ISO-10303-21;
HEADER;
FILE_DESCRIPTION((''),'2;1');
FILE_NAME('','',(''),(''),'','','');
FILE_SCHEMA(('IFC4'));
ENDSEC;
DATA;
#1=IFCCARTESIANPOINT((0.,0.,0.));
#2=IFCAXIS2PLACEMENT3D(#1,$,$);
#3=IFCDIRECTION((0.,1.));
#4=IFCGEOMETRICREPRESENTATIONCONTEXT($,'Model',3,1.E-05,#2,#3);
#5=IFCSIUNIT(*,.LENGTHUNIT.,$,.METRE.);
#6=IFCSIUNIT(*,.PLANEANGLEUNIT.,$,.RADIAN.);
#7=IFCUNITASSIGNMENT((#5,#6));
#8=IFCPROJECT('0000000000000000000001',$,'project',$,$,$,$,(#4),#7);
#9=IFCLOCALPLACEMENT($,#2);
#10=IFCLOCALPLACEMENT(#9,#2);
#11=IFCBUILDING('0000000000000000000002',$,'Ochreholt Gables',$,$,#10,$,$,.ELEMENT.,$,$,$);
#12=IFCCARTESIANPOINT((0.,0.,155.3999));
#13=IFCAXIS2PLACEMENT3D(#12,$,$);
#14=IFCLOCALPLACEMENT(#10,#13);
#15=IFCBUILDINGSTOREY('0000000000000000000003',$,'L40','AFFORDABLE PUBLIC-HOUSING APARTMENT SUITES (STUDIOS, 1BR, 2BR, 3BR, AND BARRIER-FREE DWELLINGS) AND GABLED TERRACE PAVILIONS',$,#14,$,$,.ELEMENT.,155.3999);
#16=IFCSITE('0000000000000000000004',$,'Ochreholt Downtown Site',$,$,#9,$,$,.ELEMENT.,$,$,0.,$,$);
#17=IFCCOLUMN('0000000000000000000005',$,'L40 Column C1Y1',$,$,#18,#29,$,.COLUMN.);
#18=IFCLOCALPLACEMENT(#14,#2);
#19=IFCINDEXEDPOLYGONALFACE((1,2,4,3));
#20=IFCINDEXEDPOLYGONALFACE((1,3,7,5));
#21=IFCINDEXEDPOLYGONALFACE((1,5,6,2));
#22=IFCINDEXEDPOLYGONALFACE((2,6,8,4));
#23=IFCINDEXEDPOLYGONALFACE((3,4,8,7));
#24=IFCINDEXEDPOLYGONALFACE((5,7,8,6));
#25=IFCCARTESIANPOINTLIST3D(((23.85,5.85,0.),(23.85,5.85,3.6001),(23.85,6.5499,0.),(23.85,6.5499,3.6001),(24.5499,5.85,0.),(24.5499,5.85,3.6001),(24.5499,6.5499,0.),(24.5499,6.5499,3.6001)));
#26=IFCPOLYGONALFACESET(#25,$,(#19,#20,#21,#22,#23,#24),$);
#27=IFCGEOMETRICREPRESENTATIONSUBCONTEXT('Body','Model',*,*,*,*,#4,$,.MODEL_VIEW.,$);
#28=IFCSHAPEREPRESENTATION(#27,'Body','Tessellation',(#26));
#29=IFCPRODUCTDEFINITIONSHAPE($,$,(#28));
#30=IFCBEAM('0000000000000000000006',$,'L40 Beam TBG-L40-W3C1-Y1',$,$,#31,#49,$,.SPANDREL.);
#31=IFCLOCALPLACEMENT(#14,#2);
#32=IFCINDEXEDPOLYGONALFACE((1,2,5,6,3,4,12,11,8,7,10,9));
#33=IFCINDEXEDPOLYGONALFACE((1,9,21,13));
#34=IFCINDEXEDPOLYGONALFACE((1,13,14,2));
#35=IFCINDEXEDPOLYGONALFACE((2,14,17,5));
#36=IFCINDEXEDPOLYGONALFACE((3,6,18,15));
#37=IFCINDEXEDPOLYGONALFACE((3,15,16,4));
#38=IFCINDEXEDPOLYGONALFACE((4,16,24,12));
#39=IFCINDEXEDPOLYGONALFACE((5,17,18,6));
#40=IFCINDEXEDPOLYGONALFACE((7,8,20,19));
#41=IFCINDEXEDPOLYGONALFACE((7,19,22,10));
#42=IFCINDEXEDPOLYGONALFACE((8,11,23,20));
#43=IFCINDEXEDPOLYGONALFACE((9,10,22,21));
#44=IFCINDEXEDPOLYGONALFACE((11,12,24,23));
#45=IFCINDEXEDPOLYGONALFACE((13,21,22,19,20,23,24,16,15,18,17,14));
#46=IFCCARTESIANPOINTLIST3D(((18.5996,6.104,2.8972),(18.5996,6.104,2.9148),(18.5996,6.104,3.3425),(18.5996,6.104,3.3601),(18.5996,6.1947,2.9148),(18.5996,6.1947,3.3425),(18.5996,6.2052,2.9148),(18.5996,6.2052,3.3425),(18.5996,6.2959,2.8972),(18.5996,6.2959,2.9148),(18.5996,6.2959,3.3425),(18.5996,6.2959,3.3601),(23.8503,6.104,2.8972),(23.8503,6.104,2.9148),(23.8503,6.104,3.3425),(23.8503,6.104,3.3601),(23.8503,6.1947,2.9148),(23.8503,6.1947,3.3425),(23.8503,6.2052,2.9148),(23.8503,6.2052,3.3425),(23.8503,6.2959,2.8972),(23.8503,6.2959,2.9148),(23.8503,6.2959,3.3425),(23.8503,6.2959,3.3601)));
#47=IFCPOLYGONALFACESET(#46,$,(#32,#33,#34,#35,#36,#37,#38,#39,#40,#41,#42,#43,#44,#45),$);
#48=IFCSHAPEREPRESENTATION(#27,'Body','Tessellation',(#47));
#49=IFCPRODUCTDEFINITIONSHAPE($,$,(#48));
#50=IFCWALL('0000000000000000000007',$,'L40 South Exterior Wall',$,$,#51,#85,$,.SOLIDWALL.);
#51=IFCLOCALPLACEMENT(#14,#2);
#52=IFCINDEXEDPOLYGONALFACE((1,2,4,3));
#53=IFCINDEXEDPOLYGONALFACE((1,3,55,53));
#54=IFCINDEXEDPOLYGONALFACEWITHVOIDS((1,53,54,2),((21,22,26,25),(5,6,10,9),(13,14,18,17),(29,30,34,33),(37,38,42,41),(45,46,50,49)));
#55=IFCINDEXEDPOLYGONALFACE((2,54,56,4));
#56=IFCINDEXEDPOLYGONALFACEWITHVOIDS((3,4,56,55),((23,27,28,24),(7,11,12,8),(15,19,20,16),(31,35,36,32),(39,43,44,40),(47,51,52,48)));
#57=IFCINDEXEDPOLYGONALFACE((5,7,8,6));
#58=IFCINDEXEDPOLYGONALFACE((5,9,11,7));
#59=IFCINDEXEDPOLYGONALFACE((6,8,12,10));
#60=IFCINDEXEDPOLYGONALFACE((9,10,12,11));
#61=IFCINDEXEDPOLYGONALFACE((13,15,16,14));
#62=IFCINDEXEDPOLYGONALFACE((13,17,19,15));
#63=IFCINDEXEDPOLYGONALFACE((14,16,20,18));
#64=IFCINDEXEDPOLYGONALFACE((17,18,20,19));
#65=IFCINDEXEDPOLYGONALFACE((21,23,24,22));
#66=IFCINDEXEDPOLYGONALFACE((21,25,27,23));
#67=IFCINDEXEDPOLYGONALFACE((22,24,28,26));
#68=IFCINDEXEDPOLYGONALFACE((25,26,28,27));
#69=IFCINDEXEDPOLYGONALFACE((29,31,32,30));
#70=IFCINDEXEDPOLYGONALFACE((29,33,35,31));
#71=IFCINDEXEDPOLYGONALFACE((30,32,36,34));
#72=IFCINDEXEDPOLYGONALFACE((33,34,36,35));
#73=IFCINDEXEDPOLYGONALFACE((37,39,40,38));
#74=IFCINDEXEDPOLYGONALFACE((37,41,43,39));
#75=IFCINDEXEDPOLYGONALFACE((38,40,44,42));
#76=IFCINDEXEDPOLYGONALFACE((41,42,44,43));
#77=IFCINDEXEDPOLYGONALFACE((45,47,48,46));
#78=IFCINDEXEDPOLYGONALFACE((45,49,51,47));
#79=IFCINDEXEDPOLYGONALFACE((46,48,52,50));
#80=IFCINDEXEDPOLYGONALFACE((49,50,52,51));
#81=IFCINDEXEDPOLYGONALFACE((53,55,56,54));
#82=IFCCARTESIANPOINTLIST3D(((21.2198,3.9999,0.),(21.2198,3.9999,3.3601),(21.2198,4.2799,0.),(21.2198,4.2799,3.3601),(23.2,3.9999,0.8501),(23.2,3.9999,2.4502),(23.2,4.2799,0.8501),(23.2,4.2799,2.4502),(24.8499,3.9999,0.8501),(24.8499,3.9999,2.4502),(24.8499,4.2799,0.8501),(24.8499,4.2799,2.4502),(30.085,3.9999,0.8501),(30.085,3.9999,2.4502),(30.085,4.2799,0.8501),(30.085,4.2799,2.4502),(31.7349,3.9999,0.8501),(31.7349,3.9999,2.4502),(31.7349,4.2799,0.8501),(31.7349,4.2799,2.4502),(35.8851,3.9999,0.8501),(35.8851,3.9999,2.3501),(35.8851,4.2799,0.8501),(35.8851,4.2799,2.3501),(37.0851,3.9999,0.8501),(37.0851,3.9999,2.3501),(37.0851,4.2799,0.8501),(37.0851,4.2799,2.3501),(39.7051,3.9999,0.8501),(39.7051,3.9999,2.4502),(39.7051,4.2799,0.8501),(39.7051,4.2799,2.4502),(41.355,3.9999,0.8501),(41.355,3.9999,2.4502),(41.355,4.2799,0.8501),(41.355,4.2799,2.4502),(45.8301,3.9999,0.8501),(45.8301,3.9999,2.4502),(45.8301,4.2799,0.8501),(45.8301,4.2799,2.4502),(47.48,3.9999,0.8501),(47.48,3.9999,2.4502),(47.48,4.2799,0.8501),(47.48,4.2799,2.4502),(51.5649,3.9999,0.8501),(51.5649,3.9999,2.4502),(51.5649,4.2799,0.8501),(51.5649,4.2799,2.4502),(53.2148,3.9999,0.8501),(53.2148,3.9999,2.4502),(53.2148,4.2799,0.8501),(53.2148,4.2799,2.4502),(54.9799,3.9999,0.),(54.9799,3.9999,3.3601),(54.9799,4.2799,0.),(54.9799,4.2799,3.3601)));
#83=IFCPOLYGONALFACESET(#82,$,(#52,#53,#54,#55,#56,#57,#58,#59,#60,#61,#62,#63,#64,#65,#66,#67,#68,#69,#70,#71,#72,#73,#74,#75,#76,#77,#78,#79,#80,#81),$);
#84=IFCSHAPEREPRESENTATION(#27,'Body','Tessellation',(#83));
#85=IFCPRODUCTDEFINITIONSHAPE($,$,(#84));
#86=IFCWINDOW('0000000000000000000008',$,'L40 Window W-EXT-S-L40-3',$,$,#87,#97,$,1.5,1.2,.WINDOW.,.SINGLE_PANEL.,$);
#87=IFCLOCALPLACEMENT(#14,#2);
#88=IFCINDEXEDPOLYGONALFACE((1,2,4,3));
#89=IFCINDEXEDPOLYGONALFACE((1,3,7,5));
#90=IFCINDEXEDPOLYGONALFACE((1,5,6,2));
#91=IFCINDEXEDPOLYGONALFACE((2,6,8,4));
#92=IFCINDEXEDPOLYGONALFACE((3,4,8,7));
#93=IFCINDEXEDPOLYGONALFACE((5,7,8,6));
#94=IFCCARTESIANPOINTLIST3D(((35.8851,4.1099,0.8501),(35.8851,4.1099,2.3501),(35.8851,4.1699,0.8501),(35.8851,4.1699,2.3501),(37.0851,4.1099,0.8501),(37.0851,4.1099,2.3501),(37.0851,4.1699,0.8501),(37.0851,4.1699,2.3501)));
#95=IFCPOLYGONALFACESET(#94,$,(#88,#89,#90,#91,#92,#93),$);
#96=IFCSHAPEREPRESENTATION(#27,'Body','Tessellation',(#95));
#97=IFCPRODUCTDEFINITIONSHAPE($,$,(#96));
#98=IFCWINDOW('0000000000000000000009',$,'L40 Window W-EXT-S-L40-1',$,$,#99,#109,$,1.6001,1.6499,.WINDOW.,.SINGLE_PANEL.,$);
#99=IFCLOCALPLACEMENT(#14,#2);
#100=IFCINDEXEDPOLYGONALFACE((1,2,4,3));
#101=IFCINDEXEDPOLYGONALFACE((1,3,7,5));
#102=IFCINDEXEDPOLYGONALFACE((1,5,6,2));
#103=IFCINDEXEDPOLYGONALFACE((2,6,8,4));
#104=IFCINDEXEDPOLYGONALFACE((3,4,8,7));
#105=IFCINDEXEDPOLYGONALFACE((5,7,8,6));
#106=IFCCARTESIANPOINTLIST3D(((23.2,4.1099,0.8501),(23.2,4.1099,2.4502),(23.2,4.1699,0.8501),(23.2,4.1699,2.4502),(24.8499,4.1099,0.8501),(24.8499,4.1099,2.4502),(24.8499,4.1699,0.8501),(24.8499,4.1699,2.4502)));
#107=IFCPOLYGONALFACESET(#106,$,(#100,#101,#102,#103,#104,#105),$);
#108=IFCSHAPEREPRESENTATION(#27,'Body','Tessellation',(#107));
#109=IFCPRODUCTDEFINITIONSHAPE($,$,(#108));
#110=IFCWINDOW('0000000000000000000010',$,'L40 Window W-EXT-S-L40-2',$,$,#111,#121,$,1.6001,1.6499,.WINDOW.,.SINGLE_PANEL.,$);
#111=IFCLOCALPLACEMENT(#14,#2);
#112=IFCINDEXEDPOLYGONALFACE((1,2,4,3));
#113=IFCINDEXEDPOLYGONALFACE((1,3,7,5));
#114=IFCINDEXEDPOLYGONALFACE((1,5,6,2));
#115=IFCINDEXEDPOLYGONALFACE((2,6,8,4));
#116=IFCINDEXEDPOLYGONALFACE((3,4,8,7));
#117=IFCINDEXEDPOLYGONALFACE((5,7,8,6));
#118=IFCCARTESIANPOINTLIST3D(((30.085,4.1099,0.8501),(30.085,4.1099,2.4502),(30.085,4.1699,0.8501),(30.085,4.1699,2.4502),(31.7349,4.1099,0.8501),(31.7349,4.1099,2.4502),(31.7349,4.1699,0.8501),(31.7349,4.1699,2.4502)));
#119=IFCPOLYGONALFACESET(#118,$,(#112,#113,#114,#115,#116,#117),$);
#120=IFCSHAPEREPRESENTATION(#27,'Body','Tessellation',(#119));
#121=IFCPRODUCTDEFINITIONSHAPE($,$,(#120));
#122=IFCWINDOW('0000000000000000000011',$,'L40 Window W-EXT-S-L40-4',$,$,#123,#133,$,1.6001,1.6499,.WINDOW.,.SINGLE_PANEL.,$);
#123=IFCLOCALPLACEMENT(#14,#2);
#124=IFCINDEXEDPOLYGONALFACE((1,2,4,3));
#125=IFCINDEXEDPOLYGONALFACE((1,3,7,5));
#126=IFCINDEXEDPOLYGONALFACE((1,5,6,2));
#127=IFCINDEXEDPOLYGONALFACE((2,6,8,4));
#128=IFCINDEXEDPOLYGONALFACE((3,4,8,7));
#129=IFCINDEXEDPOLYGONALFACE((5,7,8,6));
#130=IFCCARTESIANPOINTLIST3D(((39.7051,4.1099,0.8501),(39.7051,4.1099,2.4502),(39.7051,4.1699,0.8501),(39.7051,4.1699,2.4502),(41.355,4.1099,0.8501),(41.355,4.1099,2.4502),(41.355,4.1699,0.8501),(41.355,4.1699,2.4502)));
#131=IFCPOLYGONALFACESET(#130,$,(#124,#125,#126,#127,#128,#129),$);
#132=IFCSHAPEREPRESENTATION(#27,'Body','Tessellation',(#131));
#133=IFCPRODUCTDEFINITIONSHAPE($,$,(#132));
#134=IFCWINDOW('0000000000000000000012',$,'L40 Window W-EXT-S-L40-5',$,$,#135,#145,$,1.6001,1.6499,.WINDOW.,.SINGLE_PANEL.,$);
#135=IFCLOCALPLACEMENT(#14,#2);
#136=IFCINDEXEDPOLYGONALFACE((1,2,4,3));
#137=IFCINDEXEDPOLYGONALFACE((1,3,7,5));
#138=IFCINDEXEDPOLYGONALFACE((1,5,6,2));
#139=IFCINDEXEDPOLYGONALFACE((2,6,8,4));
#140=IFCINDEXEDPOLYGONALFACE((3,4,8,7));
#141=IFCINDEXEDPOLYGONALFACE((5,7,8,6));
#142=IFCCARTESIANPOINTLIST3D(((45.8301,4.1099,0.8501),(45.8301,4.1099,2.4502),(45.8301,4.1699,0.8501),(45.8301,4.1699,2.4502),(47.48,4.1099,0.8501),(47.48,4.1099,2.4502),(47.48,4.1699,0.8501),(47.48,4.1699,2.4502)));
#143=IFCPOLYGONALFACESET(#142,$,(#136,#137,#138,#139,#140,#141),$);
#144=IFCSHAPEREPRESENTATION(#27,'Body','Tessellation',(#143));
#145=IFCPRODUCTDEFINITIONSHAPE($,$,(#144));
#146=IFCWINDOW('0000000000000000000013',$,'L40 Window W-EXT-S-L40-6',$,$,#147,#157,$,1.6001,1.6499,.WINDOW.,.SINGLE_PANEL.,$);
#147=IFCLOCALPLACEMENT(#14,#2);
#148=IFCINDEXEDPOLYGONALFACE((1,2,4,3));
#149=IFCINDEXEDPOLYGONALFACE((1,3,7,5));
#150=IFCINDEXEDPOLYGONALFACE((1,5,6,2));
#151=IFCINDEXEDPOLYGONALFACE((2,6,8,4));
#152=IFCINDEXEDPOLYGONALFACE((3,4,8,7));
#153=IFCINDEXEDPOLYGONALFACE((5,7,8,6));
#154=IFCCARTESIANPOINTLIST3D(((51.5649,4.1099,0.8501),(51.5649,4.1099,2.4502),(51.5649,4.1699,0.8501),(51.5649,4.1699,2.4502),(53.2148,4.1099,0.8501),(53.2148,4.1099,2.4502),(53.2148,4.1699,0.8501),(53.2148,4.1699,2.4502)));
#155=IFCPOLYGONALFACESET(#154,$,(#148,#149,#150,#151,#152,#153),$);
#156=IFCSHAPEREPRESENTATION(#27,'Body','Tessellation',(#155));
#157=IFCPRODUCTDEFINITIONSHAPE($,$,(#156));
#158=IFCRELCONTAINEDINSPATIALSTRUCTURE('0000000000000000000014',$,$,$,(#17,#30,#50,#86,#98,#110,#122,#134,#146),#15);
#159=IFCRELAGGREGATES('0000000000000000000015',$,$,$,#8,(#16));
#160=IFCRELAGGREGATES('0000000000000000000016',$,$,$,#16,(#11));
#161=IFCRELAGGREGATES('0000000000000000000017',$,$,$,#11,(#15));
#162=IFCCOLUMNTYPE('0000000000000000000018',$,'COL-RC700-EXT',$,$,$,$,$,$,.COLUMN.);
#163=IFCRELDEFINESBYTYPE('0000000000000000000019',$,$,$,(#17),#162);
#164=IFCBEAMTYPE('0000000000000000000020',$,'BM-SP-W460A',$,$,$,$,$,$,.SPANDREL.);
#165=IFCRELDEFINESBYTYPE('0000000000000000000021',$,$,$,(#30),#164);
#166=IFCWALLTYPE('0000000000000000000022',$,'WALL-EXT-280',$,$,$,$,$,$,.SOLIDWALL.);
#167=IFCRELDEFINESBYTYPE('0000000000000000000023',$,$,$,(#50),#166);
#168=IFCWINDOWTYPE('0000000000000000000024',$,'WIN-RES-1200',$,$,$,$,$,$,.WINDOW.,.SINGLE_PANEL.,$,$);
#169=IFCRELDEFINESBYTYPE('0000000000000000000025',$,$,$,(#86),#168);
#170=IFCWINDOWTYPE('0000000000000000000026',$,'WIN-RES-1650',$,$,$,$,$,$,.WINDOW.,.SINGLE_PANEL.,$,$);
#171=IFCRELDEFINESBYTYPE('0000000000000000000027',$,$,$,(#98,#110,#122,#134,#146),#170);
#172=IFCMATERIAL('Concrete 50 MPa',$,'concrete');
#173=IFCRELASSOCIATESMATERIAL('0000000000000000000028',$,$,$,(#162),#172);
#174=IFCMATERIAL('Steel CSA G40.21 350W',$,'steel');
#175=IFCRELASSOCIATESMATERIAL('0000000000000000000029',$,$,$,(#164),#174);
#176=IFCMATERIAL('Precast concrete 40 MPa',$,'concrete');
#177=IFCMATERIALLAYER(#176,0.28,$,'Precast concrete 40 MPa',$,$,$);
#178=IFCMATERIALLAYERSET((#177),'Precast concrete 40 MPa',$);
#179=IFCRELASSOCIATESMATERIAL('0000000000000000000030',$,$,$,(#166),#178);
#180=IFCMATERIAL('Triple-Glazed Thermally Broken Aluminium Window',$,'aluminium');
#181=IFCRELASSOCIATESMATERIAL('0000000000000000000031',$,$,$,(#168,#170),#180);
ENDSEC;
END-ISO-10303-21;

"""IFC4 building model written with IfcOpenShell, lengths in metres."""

from ifc_helpers import new_model, si_unit, direction, frame, frame_2d, origin, origin_2d, place, context, subcontext, project, spatial, rectangle, i_section, extrude, material, layer, layer_set, material_profile, profile_set, type_object, element, fill, save


model = new_model("IFC4")

# Units and contexts
model_context = context("Model", 3, precision=1e-05, world=origin(), true_north=direction((0.0, 1.0)))
body_context = subcontext(model_context, "Body", "Model", "MODEL_VIEW")
ifc_project = project(units=[si_unit("LENGTHUNIT", "METRE"), si_unit("PLANEANGLEUNIT", "RADIAN")], contexts=[model_context])

# Site, building, storey
site_placement = place(None, origin())
site = spatial("IfcSite", under=ifc_project, at=site_placement, Name="Ochreholt Downtown Site", CompositionType="ELEMENT", RefElevation=0.0)
building_placement = place(site_placement, origin())
building = spatial("IfcBuilding", under=site, at=building_placement, Name="Ochreholt Gables", CompositionType="ELEMENT")
storey_placement = place(building_placement, frame((0.0, 0.0, 155.3999)))
storey = spatial("IfcBuildingStorey", under=building, at=storey_placement, Name="L40", Description="AFFORDABLE PUBLIC-HOUSING APARTMENT SUITES (STUDIOS, 1BR, 2BR, 3BR, AND BARRIER-FREE DWELLINGS) AND GABLED TERRACE PAVILIONS", CompositionType="ELEMENT", Elevation=155.3999)

# Column
ifc_material_1 = material(Name="Concrete 50 MPa", Category="concrete")
ifc_material_profile_1 = material_profile(ifc_material_1, rectangle(XDim=0.7, YDim=0.7, at=origin_2d()), Name="RC700X700")
ifc_profile_set_1 = profile_set([ifc_material_profile_1], Name="Concrete 50 MPa")
column_type = type_object("IfcColumnType", Name="COL-RC700-EXT", PredefinedType="COLUMN", material=ifc_profile_set_1)
column_placement = place(storey_placement, frame((24.2, 6.2, 0.0), z_axis=(0.0, 0.0, 1.0), x_axis=(1.0, 0.0, 0.0)))
element("IfcColumn", 1, at=column_placement, inside=storey, type_object=column_type, Name="L40 Column C1Y1", PredefinedType="COLUMN", context=body_context, shape_type="SweptSolid", body=[
    extrude(rectangle(XDim=0.7, YDim=0.7, at=origin_2d()), origin(), (0.0, 0.0, 1.0), 3.6001),
])

# Beam
ifc_material_2 = material(Name="Steel CSA G40.21 350W", Category="steel")
ifc_material_profile_2 = material_profile(ifc_material_2, i_section(OverallWidth=0.1919, OverallDepth=0.4629, WebThickness=0.0105, FlangeThickness=0.0176, at=origin_2d()), Name="W460X89")
ifc_profile_set_2 = profile_set([ifc_material_profile_2], Name="Steel CSA G40.21 350W")
beam_type = type_object("IfcBeamType", Name="BM-SP-W460A", PredefinedType="SPANDREL", material=ifc_profile_set_2)
beam_placement = place(storey_placement, frame((18.5996, 6.2, 3.1287), z_axis=(1.0, 0.0, 0.0), x_axis=(0.0, 1.0, 0.0)))
element("IfcBeam", 2, at=beam_placement, inside=storey, type_object=beam_type, Name="L40 Beam TBG-L40-W3C1-Y1", PredefinedType="SPANDREL", context=body_context, shape_type="SweptSolid", body=[
    extrude(i_section(OverallWidth=0.1919, OverallDepth=0.4629, WebThickness=0.0105, FlangeThickness=0.0176, at=origin_2d()), origin(), (0.0, 0.0, 1.0), 5.2507),
])

# Wall, openings, windows
ifc_material_3 = material(Name="Precast concrete 40 MPa", Category="concrete")
ifc_layer_1 = layer(ifc_material_3, 0.28, Name="Precast concrete 40 MPa")
ifc_layer_set_1 = layer_set([ifc_layer_1], Name="Precast concrete 40 MPa")
wall_type_1 = type_object("IfcWallType", Name="WALL-EXT-280", PredefinedType="SOLIDWALL", material=ifc_layer_set_1)
wall_1_placement = place(storey_placement, frame((21.22, 4.1399, 0.0), z_axis=(0.0, 0.0, 1.0), x_axis=(1.0, 0.0, 0.0)))
wall_1 = element("IfcWall", 3, at=wall_1_placement, inside=storey, type_object=wall_type_1, Name="L40 South Exterior Wall", PredefinedType="SOLIDWALL", context=body_context, shape_type="SweptSolid", body=[
    extrude(rectangle(XDim=33.76, YDim=0.28, at=frame_2d((16.8799, 0.0))), origin(), (0.0, 0.0, 1.0), 3.3601),
])
opening_1_placement = place(wall_1_placement, frame((1.98, 0.0, 0.8501)))
opening_1 = element("IfcOpeningElement", 4, at=opening_1_placement, cuts=wall_1, PredefinedType="OPENING", context=body_context, shape_type="SweptSolid", body=[
    extrude(rectangle(XDim=1.6499, YDim=1.6001, at=frame_2d((0.825, 0.8))), frame((0.0, 0.1499, 0.0), z_axis=(0.0, -1.0, 0.0), x_axis=(1.0, 0.0, 0.0)), (0.0, 0.0, 1.0), 0.3),
])
opening_2_placement = place(wall_1_placement, frame((8.865, 0.0, 0.8501)))
opening_2 = element("IfcOpeningElement", 5, at=opening_2_placement, cuts=wall_1, PredefinedType="OPENING", context=body_context, shape_type="SweptSolid", body=[
    extrude(rectangle(XDim=1.6499, YDim=1.6001, at=frame_2d((0.825, 0.8))), frame((0.0, 0.1499, 0.0), z_axis=(0.0, -1.0, 0.0), x_axis=(1.0, 0.0, 0.0)), (0.0, 0.0, 1.0), 0.3),
])
opening_3_placement = place(wall_1_placement, frame((14.665, 0.0, 0.8501)))
opening_3 = element("IfcOpeningElement", 6, at=opening_3_placement, cuts=wall_1, PredefinedType="OPENING", context=body_context, shape_type="SweptSolid", body=[
    extrude(rectangle(XDim=1.2, YDim=1.5, at=frame_2d((0.6001, 0.75))), frame((0.0, 0.1499, 0.0), z_axis=(0.0, -1.0, 0.0), x_axis=(1.0, 0.0, 0.0)), (0.0, 0.0, 1.0), 0.3),
])
opening_4_placement = place(wall_1_placement, frame((18.4851, 0.0, 0.8501)))
opening_4 = element("IfcOpeningElement", 7, at=opening_4_placement, cuts=wall_1, PredefinedType="OPENING", context=body_context, shape_type="SweptSolid", body=[
    extrude(rectangle(XDim=1.6499, YDim=1.6001, at=frame_2d((0.825, 0.8))), frame((0.0, 0.1499, 0.0), z_axis=(0.0, -1.0, 0.0), x_axis=(1.0, 0.0, 0.0)), (0.0, 0.0, 1.0), 0.3),
])
opening_5_placement = place(wall_1_placement, frame((24.6101, 0.0, 0.8501)))
opening_5 = element("IfcOpeningElement", 8, at=opening_5_placement, cuts=wall_1, PredefinedType="OPENING", context=body_context, shape_type="SweptSolid", body=[
    extrude(rectangle(XDim=1.6499, YDim=1.6001, at=frame_2d((0.825, 0.8))), frame((0.0, 0.1499, 0.0), z_axis=(0.0, -1.0, 0.0), x_axis=(1.0, 0.0, 0.0)), (0.0, 0.0, 1.0), 0.3),
])
opening_6_placement = place(wall_1_placement, frame((30.345, 0.0, 0.8501)))
opening_6 = element("IfcOpeningElement", 9, at=opening_6_placement, cuts=wall_1, PredefinedType="OPENING", context=body_context, shape_type="SweptSolid", body=[
    extrude(rectangle(XDim=1.6499, YDim=1.6001, at=frame_2d((0.825, 0.8))), frame((0.0, 0.1499, 0.0), z_axis=(0.0, -1.0, 0.0), x_axis=(1.0, 0.0, 0.0)), (0.0, 0.0, 1.0), 0.3),
])
ifc_material_4 = material(Name="Triple-Glazed Thermally Broken Aluminium Window", Category="aluminium")
window_type_1 = type_object("IfcWindowType", Name="WIN-RES-1200", PartitioningType="SINGLE_PANEL", PredefinedType="WINDOW", material=ifc_material_4)
window_1_placement = place(opening_3_placement, origin())
window_1 = element("IfcWindow", 10, at=window_1_placement, inside=storey, type_object=window_type_1, Name="L40 Window W-EXT-S-L40-3", OverallHeight=1.5, OverallWidth=1.2, PartitioningType="SINGLE_PANEL", PredefinedType="WINDOW", context=body_context, shape_type="SweptSolid", body=[
    extrude(rectangle(XDim=1.2, YDim=1.5, at=frame_2d((0.6001, 0.75))), frame((0.0, 0.03, 0.0), z_axis=(0.0, -1.0, 0.0), x_axis=(1.0, 0.0, 0.0)), (0.0, 0.0, 1.0), 0.0601),
])
fill(opening_3, window_1)
window_type_2 = type_object("IfcWindowType", Name="WIN-RES-1650", PartitioningType="SINGLE_PANEL", PredefinedType="WINDOW", material=ifc_material_4)
window_2_placement = place(opening_1_placement, origin())
window_2 = element("IfcWindow", 11, at=window_2_placement, inside=storey, type_object=window_type_2, Name="L40 Window W-EXT-S-L40-1", OverallHeight=1.6001, OverallWidth=1.6499, PartitioningType="SINGLE_PANEL", PredefinedType="WINDOW", context=body_context, shape_type="SweptSolid", body=[
    extrude(rectangle(XDim=1.6499, YDim=1.6001, at=frame_2d((0.825, 0.8))), frame((0.0, 0.03, 0.0), z_axis=(0.0, -1.0, 0.0), x_axis=(1.0, 0.0, 0.0)), (0.0, 0.0, 1.0), 0.0601),
])
fill(opening_1, window_2)
window_3_placement = place(opening_2_placement, origin())
window_3 = element("IfcWindow", 12, at=window_3_placement, inside=storey, type_object=window_type_2, Name="L40 Window W-EXT-S-L40-2", OverallHeight=1.6001, OverallWidth=1.6499, PartitioningType="SINGLE_PANEL", PredefinedType="WINDOW", context=body_context, shape_type="SweptSolid", body=[
    extrude(rectangle(XDim=1.6499, YDim=1.6001, at=frame_2d((0.825, 0.8))), frame((0.0, 0.03, 0.0), z_axis=(0.0, -1.0, 0.0), x_axis=(1.0, 0.0, 0.0)), (0.0, 0.0, 1.0), 0.0601),
])
fill(opening_2, window_3)
window_4_placement = place(opening_4_placement, origin())
window_4 = element("IfcWindow", 13, at=window_4_placement, inside=storey, type_object=window_type_2, Name="L40 Window W-EXT-S-L40-4", OverallHeight=1.6001, OverallWidth=1.6499, PartitioningType="SINGLE_PANEL", PredefinedType="WINDOW", context=body_context, shape_type="SweptSolid", body=[
    extrude(rectangle(XDim=1.6499, YDim=1.6001, at=frame_2d((0.825, 0.8))), frame((0.0, 0.03, 0.0), z_axis=(0.0, -1.0, 0.0), x_axis=(1.0, 0.0, 0.0)), (0.0, 0.0, 1.0), 0.0601),
])
fill(opening_4, window_4)
window_5_placement = place(opening_5_placement, origin())
window_5 = element("IfcWindow", 14, at=window_5_placement, inside=storey, type_object=window_type_2, Name="L40 Window W-EXT-S-L40-5", OverallHeight=1.6001, OverallWidth=1.6499, PartitioningType="SINGLE_PANEL", PredefinedType="WINDOW", context=body_context, shape_type="SweptSolid", body=[
    extrude(rectangle(XDim=1.6499, YDim=1.6001, at=frame_2d((0.825, 0.8))), frame((0.0, 0.03, 0.0), z_axis=(0.0, -1.0, 0.0), x_axis=(1.0, 0.0, 0.0)), (0.0, 0.0, 1.0), 0.0601),
])
fill(opening_5, window_5)
window_6_placement = place(opening_6_placement, origin())
window_6 = element("IfcWindow", 15, at=window_6_placement, inside=storey, type_object=window_type_2, Name="L40 Window W-EXT-S-L40-6", OverallHeight=1.6001, OverallWidth=1.6499, PartitioningType="SINGLE_PANEL", PredefinedType="WINDOW", context=body_context, shape_type="SweptSolid", body=[
    extrude(rectangle(XDim=1.6499, YDim=1.6001, at=frame_2d((0.825, 0.8))), frame((0.0, 0.03, 0.0), z_axis=(0.0, -1.0, 0.0), x_axis=(1.0, 0.0, 0.0)), (0.0, 0.0, 1.0), 0.0601),
])
fill(opening_6, window_6)

save(model, "model.ifc")
